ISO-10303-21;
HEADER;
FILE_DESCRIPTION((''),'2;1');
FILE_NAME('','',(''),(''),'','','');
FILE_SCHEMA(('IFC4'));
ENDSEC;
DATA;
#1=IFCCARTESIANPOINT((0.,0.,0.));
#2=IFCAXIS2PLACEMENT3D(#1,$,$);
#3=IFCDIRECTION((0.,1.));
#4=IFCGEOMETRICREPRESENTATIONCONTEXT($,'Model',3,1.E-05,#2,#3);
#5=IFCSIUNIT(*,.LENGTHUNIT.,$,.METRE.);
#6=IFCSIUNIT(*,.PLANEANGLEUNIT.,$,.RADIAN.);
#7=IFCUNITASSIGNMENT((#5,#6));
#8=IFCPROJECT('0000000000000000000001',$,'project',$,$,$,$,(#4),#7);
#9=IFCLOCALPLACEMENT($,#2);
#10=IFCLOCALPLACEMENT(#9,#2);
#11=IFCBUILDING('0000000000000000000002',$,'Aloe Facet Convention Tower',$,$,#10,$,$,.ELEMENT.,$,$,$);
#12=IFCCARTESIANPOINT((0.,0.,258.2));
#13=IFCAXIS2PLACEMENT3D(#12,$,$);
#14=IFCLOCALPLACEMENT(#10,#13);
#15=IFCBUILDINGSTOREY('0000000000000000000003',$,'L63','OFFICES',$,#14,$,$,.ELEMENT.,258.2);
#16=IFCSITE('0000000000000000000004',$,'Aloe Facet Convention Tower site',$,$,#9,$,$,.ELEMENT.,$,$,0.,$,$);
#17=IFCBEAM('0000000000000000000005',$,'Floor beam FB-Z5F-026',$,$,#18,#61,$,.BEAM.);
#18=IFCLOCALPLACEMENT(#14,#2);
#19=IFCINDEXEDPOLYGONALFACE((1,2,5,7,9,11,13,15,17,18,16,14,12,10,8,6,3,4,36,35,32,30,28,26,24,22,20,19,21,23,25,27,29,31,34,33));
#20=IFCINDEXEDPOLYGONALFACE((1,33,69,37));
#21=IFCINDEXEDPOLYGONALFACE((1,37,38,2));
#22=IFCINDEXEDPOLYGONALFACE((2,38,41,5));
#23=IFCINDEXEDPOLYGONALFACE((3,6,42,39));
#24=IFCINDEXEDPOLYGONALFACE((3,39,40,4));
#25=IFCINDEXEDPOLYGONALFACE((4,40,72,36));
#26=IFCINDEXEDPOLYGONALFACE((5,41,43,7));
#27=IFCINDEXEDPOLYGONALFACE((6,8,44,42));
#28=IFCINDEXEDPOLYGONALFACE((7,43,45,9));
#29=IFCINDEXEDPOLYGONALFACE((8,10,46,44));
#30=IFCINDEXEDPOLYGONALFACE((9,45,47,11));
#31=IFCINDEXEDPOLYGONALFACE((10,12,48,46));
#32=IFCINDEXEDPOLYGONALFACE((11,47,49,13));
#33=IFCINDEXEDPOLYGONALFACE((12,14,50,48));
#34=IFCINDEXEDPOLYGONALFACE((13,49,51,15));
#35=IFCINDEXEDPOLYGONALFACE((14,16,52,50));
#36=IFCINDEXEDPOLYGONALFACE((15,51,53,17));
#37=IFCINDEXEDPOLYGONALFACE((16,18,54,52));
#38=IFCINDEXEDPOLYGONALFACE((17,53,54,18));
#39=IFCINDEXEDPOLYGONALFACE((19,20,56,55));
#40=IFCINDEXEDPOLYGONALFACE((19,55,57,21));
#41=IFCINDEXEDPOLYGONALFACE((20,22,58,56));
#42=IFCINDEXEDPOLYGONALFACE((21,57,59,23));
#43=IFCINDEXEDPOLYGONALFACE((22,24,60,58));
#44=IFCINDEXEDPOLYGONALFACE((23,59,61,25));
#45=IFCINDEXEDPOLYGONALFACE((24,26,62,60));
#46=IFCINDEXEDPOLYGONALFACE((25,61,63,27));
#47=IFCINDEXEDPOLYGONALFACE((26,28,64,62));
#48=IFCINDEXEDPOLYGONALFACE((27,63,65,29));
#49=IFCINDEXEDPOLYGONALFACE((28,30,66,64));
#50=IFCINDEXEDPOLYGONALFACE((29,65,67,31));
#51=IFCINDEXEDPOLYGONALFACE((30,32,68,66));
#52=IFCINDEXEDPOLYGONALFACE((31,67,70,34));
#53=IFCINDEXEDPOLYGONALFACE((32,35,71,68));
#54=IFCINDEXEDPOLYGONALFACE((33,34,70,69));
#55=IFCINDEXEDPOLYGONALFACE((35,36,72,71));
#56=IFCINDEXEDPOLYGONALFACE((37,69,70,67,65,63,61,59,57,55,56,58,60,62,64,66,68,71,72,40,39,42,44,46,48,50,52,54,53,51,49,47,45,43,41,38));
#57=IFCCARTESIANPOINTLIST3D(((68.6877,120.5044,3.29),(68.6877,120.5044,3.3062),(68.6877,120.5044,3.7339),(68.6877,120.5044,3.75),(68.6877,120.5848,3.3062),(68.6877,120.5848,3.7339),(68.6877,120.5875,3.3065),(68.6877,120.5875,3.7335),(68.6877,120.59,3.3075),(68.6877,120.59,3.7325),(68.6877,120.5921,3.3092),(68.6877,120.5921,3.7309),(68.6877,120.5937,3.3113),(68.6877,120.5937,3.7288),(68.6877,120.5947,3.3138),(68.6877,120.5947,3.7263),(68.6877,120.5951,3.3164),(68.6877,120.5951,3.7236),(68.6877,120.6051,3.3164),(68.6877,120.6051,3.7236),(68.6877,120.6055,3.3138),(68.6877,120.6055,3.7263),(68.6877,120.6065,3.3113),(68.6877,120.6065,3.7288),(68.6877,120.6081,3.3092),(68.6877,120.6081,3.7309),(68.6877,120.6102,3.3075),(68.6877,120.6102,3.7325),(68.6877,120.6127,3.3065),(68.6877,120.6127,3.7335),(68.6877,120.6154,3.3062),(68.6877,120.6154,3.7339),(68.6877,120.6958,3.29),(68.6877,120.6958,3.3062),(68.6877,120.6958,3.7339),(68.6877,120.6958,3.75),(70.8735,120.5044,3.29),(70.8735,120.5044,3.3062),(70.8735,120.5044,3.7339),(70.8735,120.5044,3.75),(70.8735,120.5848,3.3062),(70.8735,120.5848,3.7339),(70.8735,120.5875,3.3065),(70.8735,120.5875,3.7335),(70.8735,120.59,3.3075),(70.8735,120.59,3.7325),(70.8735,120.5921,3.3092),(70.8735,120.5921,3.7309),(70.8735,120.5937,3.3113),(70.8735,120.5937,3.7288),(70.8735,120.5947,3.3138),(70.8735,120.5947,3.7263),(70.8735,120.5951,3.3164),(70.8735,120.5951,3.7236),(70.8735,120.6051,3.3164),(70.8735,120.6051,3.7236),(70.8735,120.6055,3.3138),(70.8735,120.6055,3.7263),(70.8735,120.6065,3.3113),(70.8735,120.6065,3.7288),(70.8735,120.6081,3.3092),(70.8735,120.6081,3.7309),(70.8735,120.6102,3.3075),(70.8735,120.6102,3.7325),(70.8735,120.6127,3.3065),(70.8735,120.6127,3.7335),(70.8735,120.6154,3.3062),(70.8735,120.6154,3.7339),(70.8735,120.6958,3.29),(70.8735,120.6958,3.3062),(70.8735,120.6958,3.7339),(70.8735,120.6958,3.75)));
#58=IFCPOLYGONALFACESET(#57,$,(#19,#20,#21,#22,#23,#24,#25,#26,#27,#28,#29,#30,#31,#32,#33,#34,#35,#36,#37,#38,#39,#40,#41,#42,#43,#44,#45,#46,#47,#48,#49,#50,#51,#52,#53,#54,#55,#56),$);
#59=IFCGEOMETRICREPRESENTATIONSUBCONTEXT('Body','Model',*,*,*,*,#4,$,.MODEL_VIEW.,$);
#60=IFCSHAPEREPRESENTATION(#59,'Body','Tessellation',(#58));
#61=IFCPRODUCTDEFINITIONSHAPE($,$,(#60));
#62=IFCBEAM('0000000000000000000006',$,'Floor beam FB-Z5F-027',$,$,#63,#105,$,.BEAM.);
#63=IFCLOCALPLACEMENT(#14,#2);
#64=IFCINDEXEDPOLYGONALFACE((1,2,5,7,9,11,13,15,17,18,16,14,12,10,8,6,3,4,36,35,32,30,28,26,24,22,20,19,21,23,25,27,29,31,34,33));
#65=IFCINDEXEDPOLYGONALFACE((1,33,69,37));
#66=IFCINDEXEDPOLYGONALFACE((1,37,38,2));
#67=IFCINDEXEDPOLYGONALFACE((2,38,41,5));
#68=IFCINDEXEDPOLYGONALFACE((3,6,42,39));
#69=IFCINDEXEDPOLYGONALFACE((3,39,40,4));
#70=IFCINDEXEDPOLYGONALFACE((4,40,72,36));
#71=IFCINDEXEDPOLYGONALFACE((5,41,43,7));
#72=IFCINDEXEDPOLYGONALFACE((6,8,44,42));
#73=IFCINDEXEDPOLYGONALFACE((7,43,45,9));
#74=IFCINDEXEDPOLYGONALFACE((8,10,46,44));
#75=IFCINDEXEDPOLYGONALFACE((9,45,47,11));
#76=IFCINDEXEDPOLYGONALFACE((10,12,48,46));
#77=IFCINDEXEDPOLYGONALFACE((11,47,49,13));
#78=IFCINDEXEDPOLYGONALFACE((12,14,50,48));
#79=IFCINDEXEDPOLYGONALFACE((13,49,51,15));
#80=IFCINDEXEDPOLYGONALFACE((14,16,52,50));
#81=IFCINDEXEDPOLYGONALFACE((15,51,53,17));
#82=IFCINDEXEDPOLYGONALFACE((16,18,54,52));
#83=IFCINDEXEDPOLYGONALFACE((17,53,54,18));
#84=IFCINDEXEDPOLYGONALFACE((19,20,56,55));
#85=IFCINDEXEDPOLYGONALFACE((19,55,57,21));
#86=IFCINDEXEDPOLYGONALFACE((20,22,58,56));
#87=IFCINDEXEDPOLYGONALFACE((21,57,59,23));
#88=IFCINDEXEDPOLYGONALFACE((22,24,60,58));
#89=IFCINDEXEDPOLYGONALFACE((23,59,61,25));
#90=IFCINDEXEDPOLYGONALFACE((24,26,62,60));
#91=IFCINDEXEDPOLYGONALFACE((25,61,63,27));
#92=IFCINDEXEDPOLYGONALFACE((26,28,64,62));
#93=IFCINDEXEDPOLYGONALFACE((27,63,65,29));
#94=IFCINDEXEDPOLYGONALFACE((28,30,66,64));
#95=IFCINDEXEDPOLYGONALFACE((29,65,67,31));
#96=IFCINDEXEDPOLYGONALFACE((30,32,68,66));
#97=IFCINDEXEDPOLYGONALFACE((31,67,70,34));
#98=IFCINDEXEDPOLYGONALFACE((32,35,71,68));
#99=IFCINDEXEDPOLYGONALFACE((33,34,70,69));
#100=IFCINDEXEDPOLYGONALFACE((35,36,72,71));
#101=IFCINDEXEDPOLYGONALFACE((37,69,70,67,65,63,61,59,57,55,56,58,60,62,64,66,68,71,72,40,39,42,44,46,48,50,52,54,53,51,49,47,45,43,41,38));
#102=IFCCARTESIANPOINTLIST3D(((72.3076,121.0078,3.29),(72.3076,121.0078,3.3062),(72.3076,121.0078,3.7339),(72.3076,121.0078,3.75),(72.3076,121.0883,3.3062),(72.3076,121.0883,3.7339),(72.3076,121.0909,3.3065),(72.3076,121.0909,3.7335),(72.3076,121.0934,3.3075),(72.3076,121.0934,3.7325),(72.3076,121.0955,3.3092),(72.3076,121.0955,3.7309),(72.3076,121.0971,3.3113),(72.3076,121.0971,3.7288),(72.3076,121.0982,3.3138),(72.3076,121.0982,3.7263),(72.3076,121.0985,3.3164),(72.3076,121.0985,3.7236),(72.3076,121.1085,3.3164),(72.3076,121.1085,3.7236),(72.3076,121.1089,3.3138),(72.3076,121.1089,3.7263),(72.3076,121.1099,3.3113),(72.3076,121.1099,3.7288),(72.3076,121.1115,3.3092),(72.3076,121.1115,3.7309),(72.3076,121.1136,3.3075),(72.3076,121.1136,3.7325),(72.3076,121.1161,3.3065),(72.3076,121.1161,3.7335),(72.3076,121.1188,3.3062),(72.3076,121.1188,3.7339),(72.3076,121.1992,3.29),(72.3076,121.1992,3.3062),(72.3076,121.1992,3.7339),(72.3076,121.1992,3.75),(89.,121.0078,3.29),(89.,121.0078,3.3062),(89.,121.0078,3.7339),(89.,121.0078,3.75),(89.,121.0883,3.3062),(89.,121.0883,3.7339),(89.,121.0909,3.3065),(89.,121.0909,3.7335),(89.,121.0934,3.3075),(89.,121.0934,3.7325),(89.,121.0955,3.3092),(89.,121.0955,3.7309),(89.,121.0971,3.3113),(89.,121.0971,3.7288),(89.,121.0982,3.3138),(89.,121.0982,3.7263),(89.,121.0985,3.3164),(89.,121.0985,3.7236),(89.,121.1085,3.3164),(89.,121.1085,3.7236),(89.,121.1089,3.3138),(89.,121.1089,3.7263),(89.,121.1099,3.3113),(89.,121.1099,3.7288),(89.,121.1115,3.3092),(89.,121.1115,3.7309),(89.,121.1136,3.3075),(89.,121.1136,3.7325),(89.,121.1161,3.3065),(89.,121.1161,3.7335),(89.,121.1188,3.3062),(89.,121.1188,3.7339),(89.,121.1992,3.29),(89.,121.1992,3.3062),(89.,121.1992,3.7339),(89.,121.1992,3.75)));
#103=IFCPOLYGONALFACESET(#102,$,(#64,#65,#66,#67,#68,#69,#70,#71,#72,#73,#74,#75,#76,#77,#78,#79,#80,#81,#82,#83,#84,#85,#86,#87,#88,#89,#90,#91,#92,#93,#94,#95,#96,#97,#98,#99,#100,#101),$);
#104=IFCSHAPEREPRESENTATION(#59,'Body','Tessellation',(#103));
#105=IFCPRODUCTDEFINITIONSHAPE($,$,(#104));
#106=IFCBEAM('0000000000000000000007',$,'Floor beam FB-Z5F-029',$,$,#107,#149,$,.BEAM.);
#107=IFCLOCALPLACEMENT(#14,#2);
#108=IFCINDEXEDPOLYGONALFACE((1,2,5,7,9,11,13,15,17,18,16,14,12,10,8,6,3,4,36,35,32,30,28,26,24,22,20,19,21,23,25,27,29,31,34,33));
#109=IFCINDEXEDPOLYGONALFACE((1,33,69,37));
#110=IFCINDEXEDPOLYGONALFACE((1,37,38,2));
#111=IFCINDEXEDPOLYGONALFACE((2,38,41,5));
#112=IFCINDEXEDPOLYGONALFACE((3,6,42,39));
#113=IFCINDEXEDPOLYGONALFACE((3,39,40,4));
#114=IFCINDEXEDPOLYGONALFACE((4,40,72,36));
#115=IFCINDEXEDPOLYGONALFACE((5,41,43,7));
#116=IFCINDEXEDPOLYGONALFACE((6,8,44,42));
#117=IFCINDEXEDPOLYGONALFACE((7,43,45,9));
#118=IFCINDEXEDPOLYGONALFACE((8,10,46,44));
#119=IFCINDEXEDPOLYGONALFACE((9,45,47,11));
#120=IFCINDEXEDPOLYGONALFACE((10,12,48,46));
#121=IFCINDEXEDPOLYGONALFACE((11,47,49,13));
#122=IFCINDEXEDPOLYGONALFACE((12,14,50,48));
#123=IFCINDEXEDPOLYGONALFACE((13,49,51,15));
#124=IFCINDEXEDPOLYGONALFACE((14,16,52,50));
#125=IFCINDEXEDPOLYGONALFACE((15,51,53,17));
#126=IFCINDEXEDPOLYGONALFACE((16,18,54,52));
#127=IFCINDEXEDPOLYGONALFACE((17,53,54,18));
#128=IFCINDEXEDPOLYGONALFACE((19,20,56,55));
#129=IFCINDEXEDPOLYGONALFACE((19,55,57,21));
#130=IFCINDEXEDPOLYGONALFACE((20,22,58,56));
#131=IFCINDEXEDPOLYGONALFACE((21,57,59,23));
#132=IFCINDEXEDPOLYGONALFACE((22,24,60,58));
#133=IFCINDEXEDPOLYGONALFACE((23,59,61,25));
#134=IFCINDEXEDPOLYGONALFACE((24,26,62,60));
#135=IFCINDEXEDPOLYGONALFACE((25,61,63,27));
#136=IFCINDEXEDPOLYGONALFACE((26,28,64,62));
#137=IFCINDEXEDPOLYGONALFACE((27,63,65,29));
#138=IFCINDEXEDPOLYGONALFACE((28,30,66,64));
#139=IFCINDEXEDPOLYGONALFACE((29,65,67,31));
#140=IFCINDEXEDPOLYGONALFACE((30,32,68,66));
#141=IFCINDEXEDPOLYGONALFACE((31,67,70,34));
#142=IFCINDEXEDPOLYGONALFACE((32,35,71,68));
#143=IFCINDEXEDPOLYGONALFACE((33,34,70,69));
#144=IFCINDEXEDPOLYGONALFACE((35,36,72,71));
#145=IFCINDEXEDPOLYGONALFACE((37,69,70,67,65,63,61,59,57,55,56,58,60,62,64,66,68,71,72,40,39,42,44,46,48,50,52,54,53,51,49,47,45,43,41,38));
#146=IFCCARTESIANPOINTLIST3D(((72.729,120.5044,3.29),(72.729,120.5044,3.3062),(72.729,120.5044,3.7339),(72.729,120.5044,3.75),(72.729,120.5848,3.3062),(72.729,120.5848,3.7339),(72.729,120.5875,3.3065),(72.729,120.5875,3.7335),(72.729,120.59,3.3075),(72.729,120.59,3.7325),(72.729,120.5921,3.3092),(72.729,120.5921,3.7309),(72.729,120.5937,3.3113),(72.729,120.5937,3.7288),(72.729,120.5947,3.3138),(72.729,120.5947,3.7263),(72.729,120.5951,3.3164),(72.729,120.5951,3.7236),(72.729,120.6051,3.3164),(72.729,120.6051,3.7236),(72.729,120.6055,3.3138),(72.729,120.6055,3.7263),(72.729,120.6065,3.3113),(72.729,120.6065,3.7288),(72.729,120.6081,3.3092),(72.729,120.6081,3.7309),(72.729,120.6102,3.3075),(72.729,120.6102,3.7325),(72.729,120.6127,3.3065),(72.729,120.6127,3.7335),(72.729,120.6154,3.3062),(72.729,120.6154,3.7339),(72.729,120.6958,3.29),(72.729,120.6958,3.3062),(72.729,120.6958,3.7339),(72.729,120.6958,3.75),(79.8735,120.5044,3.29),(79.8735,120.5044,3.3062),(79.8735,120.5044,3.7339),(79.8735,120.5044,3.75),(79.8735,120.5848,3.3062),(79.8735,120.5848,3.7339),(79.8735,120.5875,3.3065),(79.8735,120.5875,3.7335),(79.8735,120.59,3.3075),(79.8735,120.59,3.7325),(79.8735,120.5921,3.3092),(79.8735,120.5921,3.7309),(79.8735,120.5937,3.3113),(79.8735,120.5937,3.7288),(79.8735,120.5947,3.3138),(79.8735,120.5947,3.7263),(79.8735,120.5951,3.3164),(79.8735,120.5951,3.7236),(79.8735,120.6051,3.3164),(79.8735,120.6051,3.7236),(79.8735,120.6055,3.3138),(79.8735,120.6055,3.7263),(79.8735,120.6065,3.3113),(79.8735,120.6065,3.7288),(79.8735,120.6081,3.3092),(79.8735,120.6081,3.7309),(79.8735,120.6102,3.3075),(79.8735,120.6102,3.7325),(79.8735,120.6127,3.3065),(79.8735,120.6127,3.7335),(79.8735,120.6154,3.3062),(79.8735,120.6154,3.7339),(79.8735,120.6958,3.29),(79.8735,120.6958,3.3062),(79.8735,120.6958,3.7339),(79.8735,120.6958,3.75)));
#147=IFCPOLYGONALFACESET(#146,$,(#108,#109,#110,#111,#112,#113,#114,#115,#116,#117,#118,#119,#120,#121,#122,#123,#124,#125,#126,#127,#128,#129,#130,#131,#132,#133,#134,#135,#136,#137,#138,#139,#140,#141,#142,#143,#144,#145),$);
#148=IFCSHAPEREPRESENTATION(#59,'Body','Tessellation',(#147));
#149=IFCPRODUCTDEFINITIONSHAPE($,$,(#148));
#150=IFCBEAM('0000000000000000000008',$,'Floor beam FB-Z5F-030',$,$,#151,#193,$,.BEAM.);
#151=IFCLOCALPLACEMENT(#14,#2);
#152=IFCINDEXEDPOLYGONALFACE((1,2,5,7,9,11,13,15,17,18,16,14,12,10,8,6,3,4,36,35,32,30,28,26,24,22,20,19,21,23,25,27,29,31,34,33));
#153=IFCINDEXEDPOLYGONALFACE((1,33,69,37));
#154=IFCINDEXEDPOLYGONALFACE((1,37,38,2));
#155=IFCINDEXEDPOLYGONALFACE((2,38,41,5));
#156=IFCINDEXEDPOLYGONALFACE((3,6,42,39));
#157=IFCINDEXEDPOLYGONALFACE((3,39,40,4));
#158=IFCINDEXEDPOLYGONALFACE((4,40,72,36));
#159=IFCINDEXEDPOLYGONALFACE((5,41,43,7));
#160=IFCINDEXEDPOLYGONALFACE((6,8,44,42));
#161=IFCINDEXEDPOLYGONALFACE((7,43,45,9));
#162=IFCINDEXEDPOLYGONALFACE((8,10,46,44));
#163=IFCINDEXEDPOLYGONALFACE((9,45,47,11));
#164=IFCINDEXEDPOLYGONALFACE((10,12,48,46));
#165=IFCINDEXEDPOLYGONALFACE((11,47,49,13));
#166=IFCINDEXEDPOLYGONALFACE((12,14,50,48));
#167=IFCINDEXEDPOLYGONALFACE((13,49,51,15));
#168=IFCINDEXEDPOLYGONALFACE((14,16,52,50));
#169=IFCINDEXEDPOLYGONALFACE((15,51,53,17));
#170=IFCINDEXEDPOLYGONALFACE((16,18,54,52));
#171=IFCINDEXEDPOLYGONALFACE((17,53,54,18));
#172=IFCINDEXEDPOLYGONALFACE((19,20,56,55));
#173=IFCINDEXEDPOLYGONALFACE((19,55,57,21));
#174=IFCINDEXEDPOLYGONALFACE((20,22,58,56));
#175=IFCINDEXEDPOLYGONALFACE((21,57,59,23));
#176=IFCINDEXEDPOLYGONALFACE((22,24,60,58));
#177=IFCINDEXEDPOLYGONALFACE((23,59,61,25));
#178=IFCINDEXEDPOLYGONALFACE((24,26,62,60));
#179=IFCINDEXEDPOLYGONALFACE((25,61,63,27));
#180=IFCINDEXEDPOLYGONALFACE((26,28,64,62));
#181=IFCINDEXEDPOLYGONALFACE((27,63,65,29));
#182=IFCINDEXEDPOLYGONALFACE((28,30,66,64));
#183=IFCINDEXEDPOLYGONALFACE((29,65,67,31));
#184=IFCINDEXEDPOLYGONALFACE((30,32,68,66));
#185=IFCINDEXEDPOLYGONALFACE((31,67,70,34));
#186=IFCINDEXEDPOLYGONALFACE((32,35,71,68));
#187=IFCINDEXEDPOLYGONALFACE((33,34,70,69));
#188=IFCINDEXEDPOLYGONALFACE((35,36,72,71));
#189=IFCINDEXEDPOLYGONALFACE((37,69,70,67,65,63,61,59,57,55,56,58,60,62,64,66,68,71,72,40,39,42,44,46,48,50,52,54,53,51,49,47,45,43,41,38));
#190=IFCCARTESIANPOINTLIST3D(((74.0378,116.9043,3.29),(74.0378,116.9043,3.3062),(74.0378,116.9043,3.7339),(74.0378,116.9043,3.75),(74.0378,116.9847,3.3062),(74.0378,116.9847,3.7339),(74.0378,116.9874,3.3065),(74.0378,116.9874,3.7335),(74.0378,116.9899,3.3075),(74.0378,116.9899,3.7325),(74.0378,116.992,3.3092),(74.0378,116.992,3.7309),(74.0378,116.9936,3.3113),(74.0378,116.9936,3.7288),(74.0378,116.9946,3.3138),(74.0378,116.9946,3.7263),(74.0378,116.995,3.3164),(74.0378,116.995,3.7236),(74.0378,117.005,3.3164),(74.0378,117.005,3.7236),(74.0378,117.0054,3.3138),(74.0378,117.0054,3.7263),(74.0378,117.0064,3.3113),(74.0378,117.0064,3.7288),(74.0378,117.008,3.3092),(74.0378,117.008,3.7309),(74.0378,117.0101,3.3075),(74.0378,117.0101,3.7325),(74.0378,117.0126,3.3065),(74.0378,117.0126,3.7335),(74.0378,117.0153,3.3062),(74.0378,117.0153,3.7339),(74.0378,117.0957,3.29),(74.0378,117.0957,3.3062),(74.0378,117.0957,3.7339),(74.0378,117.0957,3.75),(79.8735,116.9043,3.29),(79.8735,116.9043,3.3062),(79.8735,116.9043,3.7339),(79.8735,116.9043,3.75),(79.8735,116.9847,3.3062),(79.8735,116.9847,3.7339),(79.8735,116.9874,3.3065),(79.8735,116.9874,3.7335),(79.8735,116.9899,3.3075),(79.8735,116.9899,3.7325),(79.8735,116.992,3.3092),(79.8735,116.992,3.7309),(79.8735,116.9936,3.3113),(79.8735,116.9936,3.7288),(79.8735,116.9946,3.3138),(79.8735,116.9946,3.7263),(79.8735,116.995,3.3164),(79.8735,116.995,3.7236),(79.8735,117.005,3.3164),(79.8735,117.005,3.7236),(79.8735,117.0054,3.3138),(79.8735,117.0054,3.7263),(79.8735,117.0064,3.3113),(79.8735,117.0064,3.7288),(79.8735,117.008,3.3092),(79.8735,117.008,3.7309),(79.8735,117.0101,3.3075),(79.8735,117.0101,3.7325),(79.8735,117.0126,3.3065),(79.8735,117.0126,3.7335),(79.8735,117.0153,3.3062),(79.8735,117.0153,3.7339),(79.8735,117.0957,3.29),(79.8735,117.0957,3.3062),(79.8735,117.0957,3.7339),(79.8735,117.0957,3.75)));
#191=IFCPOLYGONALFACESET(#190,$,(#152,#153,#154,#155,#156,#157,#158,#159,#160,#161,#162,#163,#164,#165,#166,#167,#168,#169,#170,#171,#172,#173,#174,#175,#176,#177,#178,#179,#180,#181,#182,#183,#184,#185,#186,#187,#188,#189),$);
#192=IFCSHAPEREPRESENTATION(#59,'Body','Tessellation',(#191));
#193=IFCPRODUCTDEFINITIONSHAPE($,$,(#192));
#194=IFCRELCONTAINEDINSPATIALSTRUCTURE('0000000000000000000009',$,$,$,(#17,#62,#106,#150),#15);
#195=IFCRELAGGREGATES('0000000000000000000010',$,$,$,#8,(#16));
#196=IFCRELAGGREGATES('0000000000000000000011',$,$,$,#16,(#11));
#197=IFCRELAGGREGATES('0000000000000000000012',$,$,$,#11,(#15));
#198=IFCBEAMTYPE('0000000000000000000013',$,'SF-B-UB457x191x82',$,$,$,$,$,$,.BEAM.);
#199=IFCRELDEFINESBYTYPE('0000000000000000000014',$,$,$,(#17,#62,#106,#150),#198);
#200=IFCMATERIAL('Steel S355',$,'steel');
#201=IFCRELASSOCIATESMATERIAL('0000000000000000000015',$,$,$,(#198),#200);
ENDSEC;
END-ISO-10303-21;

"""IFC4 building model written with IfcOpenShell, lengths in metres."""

from ifc_helpers import new_model, si_unit, direction, frame, origin, origin_2d, place, context, subcontext, project, spatial, i_section, extrude, material, material_profile, profile_set, type_object, element, save


model = new_model("IFC4")

# Units and contexts
model_context = context("Model", 3, precision=1e-05, world=origin(), true_north=direction((0.0, 1.0)))
body_context = subcontext(model_context, "Body", "Model", "MODEL_VIEW")
ifc_project = project(units=[si_unit("LENGTHUNIT", "METRE"), si_unit("PLANEANGLEUNIT", "RADIAN")], contexts=[model_context])

# Site, building, storey
site_placement = place(None, origin())
site = spatial("IfcSite", under=ifc_project, at=site_placement, Name="Aloe Facet Convention Tower site", CompositionType="ELEMENT", RefElevation=0.0)
building_placement = place(site_placement, origin())
building = spatial("IfcBuilding", under=site, at=building_placement, Name="Aloe Facet Convention Tower", CompositionType="ELEMENT")
storey_placement = place(building_placement, frame((0.0, 0.0, 258.2)))
storey = spatial("IfcBuildingStorey", under=building, at=storey_placement, Name="L63", Description="OFFICES", CompositionType="ELEMENT", Elevation=258.2)

# Beams
ifc_material_1 = material(Name="Steel S355", Category="steel")
ifc_material_profile_1 = material_profile(ifc_material_1, i_section(OverallWidth=0.1914, OverallDepth=0.46, WebThickness=0.01, FlangeThickness=0.0161, FilletRadius=0.0103, at=origin_2d()), Name="UB 457x191x82")
ifc_profile_set_1 = profile_set([ifc_material_profile_1], Name="Steel S355")
beam_type_1 = type_object("IfcBeamType", Name="SF-B-UB457x191x82", PredefinedType="BEAM", material=ifc_profile_set_1)
beam_1_placement = place(storey_placement, frame((68.6877, 120.6001, 3.52), z_axis=(1.0, 0.0, 0.0), x_axis=(0.0, 1.0, 0.0)))
element("IfcBeam", 1, at=beam_1_placement, inside=storey, type_object=beam_type_1, Name="Floor beam FB-Z5F-026", PredefinedType="BEAM", context=body_context, shape_type="SweptSolid", body=[
    extrude(i_section(OverallWidth=0.1914, OverallDepth=0.46, WebThickness=0.01, FlangeThickness=0.0161, FilletRadius=0.0103, at=origin_2d()), origin(), (0.0, 0.0, 1.0), 2.1858),
])
beam_2_placement = place(storey_placement, frame((72.3076, 121.1035, 3.52), z_axis=(1.0, 0.0, 0.0), x_axis=(0.0, 1.0, 0.0)))
element("IfcBeam", 2, at=beam_2_placement, inside=storey, type_object=beam_type_1, Name="Floor beam FB-Z5F-027", PredefinedType="BEAM", context=body_context, shape_type="SweptSolid", body=[
    extrude(i_section(OverallWidth=0.1914, OverallDepth=0.46, WebThickness=0.01, FlangeThickness=0.0161, FilletRadius=0.0103, at=origin_2d()), origin(), (0.0, 0.0, 1.0), 16.6924),
])
beam_3_placement = place(storey_placement, frame((72.729, 120.6001, 3.52), z_axis=(1.0, 0.0, 0.0), x_axis=(0.0, 1.0, 0.0)))
element("IfcBeam", 3, at=beam_3_placement, inside=storey, type_object=beam_type_1, Name="Floor beam FB-Z5F-029", PredefinedType="BEAM", context=body_context, shape_type="SweptSolid", body=[
    extrude(i_section(OverallWidth=0.1914, OverallDepth=0.46, WebThickness=0.01, FlangeThickness=0.0161, FilletRadius=0.0103, at=origin_2d()), origin(), (0.0, 0.0, 1.0), 7.1445),
])
beam_4_placement = place(storey_placement, frame((74.0378, 117.0, 3.52), z_axis=(1.0, 0.0, 0.0), x_axis=(0.0, 1.0, 0.0)))
element("IfcBeam", 4, at=beam_4_placement, inside=storey, type_object=beam_type_1, Name="Floor beam FB-Z5F-030", PredefinedType="BEAM", context=body_context, shape_type="SweptSolid", body=[
    extrude(i_section(OverallWidth=0.1914, OverallDepth=0.46, WebThickness=0.01, FlangeThickness=0.0161, FilletRadius=0.0103, at=origin_2d()), origin(), (0.0, 0.0, 1.0), 5.8357),
])

save(model, "model.ifc")
